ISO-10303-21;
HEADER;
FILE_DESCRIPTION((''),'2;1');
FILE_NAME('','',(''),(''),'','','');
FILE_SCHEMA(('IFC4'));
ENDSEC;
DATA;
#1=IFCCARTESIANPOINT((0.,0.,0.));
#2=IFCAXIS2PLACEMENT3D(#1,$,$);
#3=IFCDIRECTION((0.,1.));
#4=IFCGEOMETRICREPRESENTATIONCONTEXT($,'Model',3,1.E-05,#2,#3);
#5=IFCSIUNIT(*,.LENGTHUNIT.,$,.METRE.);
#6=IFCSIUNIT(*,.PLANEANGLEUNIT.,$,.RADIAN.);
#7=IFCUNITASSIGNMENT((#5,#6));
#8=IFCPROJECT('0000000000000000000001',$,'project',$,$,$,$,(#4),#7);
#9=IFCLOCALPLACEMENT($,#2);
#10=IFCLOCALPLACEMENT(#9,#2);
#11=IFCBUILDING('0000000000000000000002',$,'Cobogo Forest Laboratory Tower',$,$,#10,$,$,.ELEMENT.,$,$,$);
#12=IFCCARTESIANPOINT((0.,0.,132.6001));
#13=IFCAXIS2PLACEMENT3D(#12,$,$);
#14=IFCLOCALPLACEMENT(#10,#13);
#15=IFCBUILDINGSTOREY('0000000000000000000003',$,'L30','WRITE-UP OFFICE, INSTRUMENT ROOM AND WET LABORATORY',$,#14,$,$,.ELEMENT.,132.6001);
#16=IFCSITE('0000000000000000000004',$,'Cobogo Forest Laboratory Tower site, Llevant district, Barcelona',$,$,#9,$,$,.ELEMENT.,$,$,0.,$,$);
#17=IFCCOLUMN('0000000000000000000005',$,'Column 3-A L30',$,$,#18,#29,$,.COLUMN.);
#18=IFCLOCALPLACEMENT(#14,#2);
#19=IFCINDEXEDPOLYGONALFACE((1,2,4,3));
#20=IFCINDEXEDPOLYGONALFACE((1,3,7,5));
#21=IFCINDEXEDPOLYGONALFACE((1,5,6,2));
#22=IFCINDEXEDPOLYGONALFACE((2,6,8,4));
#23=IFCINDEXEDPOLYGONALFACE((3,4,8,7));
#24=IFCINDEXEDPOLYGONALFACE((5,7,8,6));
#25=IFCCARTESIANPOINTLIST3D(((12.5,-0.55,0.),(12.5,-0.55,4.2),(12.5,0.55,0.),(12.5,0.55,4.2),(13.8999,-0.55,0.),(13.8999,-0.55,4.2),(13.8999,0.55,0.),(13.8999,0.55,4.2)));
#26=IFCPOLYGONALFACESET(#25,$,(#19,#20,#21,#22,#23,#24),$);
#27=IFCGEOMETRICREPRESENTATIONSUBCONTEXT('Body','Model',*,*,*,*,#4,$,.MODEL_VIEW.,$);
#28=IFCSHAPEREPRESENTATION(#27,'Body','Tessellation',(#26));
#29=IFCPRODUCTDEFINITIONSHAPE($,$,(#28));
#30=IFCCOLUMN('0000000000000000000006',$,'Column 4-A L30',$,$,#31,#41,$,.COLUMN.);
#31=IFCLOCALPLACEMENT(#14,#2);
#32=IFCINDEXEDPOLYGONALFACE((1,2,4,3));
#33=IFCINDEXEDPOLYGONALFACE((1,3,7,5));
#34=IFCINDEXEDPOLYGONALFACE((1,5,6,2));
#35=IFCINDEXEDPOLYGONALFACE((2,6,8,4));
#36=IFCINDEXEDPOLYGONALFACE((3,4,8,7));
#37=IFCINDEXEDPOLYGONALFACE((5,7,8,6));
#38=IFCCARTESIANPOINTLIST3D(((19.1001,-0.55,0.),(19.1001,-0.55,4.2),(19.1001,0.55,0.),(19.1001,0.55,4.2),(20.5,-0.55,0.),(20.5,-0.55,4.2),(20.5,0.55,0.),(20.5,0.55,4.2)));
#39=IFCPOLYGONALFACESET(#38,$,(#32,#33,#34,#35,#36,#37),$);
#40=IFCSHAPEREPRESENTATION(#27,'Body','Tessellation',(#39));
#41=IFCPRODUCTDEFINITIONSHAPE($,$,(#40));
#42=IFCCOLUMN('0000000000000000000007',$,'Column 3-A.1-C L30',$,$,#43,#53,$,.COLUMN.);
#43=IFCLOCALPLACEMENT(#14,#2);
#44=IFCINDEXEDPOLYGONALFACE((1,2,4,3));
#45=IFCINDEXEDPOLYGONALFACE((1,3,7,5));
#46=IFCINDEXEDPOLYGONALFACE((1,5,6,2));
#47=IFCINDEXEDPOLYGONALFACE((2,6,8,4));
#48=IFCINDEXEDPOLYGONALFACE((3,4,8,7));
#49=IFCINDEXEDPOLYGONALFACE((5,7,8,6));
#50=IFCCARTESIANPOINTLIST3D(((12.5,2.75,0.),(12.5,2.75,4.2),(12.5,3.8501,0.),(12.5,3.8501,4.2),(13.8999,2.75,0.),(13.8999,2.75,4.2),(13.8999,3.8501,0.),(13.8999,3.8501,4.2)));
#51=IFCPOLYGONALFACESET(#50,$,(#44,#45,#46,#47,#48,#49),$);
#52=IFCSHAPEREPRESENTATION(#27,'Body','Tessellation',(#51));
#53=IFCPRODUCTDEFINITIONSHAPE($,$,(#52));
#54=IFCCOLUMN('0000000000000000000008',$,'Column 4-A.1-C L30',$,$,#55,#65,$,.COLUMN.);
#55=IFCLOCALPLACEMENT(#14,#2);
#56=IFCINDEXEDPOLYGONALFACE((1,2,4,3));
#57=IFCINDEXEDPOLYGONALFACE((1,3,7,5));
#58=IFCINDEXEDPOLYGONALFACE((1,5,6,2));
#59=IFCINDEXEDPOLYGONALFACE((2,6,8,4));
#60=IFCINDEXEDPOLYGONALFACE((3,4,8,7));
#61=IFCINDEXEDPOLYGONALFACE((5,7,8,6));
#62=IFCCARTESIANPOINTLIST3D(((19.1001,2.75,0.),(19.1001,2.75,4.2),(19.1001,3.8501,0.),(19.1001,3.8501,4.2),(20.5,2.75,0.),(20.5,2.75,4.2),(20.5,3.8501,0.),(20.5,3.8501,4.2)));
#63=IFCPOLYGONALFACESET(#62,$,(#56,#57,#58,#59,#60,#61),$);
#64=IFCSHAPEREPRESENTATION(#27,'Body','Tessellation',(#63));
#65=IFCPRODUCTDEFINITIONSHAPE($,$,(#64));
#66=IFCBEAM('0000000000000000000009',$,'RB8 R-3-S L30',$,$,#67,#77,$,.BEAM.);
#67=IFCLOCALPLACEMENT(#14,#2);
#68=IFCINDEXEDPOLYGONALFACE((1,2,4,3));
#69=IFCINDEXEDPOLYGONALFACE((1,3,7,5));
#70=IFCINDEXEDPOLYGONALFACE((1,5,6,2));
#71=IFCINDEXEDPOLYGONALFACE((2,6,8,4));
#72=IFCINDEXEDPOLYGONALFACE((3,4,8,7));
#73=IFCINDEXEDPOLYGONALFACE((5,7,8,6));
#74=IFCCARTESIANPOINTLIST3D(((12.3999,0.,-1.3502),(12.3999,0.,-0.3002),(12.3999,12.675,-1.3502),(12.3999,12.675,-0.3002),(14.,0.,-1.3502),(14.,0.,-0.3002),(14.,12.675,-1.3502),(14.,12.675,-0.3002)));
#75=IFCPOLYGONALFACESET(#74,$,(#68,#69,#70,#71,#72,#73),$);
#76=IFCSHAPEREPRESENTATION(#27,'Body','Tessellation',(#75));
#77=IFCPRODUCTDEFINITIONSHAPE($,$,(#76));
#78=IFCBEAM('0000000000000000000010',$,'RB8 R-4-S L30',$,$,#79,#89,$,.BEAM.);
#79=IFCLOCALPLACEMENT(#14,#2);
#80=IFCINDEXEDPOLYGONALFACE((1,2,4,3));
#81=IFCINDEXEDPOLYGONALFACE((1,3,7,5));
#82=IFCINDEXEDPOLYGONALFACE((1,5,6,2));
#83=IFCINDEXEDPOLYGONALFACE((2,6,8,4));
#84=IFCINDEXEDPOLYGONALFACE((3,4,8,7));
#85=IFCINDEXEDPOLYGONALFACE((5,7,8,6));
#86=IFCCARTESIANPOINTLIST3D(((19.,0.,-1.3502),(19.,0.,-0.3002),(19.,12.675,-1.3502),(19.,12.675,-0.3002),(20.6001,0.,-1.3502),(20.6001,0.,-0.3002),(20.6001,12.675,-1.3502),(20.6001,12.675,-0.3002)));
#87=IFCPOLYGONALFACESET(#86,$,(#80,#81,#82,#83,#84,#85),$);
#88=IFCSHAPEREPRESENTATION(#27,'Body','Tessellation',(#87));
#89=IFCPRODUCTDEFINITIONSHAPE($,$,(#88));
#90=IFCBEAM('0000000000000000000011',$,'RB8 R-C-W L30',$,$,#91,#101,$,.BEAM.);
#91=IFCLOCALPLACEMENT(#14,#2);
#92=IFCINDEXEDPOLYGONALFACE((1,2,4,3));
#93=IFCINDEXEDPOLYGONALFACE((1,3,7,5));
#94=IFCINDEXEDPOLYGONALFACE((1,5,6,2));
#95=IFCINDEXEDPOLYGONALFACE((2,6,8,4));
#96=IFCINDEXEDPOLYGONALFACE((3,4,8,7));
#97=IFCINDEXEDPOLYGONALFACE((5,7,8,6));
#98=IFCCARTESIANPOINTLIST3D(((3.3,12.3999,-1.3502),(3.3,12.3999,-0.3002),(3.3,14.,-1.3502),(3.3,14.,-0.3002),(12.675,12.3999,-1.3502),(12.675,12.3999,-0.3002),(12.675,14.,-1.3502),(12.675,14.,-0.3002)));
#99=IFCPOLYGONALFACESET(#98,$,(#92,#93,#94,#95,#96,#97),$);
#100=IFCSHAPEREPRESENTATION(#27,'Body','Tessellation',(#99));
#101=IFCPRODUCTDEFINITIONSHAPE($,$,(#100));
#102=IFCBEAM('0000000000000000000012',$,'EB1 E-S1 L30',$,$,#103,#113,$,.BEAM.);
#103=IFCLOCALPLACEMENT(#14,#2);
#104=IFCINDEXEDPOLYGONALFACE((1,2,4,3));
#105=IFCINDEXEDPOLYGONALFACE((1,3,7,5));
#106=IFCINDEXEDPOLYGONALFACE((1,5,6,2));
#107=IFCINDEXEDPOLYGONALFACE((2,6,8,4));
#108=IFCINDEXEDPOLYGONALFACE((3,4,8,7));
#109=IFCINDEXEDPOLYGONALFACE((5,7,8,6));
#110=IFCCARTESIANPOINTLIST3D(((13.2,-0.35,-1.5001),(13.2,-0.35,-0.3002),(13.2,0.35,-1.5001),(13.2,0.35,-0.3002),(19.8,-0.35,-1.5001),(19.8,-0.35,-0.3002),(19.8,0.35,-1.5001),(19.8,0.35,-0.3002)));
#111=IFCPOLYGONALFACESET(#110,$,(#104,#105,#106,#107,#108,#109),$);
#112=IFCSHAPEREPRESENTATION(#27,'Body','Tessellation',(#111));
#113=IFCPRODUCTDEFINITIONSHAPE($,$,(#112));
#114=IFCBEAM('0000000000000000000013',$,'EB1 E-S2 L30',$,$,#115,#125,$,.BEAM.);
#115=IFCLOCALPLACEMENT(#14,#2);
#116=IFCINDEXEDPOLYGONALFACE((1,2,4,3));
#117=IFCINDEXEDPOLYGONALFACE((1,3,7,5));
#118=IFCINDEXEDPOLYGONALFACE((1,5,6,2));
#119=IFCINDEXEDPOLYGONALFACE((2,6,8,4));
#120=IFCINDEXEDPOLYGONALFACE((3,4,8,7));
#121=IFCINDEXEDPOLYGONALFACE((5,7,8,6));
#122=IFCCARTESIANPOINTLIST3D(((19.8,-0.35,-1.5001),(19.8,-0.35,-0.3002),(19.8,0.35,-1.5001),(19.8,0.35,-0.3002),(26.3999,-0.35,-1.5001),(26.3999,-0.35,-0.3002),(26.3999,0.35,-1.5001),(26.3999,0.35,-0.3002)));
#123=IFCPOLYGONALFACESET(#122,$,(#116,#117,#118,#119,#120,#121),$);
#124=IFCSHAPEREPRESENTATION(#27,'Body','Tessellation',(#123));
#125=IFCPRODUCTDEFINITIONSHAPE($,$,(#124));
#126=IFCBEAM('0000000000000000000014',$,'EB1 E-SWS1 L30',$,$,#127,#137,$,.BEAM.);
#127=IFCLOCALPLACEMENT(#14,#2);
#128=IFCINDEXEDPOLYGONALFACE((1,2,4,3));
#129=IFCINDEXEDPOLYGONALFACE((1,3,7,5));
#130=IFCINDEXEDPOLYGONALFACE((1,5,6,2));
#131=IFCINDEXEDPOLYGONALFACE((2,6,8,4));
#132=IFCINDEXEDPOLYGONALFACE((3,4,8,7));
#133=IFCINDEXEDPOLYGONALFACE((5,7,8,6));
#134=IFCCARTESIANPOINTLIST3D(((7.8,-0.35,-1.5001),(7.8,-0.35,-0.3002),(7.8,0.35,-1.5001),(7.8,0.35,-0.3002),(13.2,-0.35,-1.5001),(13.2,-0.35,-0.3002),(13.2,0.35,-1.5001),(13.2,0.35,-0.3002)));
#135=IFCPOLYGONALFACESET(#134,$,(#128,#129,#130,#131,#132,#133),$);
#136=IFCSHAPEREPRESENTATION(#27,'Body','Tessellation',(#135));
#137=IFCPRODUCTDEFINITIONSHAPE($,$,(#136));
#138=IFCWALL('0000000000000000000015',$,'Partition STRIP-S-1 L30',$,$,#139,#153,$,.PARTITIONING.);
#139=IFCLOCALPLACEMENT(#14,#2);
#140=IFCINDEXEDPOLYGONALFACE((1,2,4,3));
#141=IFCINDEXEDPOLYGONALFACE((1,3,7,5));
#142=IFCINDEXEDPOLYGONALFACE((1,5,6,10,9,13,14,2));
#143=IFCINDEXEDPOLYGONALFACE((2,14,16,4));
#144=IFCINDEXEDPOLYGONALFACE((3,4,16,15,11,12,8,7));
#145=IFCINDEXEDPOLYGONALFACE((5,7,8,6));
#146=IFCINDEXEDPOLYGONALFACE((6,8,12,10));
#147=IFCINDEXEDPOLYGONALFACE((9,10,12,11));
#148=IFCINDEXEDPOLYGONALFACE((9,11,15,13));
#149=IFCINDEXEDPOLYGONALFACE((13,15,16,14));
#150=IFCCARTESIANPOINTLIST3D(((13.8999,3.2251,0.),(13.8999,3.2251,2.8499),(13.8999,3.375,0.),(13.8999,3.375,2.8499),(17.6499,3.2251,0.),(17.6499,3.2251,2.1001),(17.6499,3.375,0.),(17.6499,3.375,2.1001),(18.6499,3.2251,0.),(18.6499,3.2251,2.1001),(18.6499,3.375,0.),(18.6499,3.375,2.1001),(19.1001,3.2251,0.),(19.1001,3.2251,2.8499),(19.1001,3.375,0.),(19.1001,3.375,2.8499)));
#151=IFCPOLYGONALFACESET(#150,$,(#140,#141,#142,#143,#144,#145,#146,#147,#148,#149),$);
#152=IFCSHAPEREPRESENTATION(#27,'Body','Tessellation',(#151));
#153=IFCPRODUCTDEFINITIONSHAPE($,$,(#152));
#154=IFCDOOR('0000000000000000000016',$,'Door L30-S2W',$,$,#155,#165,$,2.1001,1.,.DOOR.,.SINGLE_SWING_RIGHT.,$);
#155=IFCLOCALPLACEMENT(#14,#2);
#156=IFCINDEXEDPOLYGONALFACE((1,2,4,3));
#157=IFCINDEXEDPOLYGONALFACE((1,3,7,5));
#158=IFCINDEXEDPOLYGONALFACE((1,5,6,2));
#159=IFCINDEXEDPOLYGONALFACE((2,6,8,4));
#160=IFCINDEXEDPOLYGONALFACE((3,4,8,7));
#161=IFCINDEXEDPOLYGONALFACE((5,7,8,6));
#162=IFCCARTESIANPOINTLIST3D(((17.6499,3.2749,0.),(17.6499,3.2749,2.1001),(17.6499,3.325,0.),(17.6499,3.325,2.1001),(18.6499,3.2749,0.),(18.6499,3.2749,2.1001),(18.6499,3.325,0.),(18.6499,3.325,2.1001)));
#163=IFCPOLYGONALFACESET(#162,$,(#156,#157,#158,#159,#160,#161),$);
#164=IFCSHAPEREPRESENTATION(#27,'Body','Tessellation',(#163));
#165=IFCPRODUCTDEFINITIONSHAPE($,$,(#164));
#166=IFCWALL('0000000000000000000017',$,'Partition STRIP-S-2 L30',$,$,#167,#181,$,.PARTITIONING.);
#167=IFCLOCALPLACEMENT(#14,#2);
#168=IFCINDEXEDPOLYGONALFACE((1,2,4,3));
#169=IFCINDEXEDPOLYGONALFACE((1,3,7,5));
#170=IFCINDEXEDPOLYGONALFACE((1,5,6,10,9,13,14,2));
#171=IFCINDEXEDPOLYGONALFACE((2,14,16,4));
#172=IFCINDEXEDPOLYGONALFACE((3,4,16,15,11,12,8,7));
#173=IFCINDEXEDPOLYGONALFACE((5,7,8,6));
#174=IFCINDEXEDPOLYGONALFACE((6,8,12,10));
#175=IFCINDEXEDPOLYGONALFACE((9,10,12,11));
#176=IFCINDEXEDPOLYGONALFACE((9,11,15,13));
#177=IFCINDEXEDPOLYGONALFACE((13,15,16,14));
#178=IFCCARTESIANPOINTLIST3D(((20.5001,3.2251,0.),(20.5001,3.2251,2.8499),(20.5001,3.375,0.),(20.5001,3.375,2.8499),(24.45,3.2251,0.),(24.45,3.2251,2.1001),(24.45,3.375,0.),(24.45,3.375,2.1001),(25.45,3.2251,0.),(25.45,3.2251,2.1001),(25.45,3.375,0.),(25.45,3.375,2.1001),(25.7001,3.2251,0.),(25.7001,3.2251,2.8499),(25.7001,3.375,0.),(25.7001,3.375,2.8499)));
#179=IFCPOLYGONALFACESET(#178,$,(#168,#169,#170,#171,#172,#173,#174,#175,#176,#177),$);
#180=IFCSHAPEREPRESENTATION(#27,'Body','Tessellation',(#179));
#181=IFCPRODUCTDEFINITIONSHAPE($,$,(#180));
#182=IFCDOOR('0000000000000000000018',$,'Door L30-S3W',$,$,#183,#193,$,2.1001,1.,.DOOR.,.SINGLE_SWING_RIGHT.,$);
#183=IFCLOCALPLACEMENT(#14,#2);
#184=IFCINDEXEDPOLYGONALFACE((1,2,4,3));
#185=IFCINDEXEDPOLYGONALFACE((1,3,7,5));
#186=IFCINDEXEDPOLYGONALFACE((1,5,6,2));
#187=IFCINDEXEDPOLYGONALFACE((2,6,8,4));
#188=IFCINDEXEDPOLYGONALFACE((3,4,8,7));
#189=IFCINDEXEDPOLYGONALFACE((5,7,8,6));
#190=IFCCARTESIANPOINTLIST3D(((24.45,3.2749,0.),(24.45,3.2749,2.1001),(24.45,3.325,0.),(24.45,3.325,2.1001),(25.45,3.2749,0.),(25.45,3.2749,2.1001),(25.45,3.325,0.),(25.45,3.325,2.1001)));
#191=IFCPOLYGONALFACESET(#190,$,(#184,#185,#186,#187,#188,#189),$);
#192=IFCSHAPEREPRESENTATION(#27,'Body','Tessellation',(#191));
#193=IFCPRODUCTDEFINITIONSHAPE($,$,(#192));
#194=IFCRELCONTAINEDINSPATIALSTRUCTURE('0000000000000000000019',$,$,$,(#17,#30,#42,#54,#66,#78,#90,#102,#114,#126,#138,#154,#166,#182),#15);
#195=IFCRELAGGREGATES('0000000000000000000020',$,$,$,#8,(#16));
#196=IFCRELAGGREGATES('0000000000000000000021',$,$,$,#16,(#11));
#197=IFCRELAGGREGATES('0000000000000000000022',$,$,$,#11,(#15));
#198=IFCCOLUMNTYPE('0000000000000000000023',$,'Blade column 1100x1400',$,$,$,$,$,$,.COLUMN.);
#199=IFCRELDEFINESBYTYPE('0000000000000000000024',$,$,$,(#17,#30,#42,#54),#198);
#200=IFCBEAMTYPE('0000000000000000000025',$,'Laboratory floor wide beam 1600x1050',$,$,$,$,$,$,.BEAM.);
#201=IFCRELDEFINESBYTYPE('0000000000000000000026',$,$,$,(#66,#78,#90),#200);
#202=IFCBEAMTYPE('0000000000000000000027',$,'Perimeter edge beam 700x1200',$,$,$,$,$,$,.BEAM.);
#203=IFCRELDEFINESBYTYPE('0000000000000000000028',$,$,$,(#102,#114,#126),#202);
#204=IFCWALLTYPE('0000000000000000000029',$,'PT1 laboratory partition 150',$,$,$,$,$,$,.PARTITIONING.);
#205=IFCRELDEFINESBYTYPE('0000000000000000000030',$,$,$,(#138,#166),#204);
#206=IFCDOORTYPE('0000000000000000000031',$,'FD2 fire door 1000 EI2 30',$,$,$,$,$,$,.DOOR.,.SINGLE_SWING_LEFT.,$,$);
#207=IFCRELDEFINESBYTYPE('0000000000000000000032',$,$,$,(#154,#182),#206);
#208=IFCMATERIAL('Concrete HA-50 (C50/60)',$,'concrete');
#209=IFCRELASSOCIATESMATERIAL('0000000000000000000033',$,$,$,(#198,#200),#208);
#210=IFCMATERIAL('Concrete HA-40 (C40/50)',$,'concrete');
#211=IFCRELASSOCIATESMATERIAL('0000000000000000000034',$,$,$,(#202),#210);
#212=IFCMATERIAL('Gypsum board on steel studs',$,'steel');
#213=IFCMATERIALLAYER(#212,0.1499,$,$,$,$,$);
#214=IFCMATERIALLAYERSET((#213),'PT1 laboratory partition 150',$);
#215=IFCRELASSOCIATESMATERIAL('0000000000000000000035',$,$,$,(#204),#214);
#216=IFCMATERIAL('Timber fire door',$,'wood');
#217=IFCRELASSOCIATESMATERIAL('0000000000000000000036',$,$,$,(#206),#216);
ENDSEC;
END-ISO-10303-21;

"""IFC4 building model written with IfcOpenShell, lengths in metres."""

from ifc_helpers import new_model, si_unit, direction, frame, frame_2d, origin, origin_2d, place, context, subcontext, project, spatial, rectangle, extrude, material, layer, layer_set, material_profile, profile_set, type_object, element, fill, save


model = new_model("IFC4")

# Units and contexts
model_context = context("Model", 3, precision=1e-05, world=origin(), true_north=direction((0.0, 1.0)))
body_context = subcontext(model_context, "Body", "Model", "MODEL_VIEW")
ifc_project = project(units=[si_unit("LENGTHUNIT", "METRE"), si_unit("PLANEANGLEUNIT", "RADIAN")], contexts=[model_context])

# Site, building, storey
site_placement = place(None, origin())
site = spatial("IfcSite", under=ifc_project, at=site_placement, Name="Cobogo Forest Laboratory Tower site, Llevant district, Barcelona", CompositionType="ELEMENT", RefElevation=0.0)
building_placement = place(site_placement, origin())
building = spatial("IfcBuilding", under=site, at=building_placement, Name="Cobogo Forest Laboratory Tower", CompositionType="ELEMENT")
storey_placement = place(building_placement, frame((0.0, 0.0, 132.6001)))
storey = spatial("IfcBuildingStorey", under=building, at=storey_placement, Name="L30", Description="WRITE-UP OFFICE, INSTRUMENT ROOM AND WET LABORATORY", CompositionType="ELEMENT", Elevation=132.6001)

# Columns
ifc_material_1 = material(Name="Concrete HA-50 (C50/60)", Category="concrete")
ifc_material_profile_1 = material_profile(ifc_material_1, rectangle(XDim=1.3999, YDim=1.1001, at=origin_2d()), Name="RC 1100x1400")
ifc_profile_set_1 = profile_set([ifc_material_profile_1], Name="Concrete HA-50 (C50/60)")
column_type = type_object("IfcColumnType", Name="Blade column 1100x1400", PredefinedType="COLUMN", material=ifc_profile_set_1)
for number, where, z_axis, x_axis, name in (
    (1, (13.2, 0.0, 0.0), (0.0, 0.0, 1.0), (1.0, 0.0, 0.0), "Column 3-A L30"),
    (2, (19.8, 0.0, 0.0), (0.0, 0.0, 1.0), (1.0, 0.0, 0.0), "Column 4-A L30"),
    (3, (13.2, 3.3, 0.0), (0.0, 0.0, 1.0), (1.0, 0.0, 0.0), "Column 3-A.1-C L30"),
    (4, (19.8, 3.3, 0.0), (0.0, 0.0, 1.0), (1.0, 0.0, 0.0), "Column 4-A.1-C L30"),
):
    element("IfcColumn", number, at=place(storey_placement, frame(where, z_axis=z_axis, x_axis=x_axis)), inside=storey, type_object=column_type, Name=name, PredefinedType="COLUMN", context=body_context, shape_type="SweptSolid", body=[
        extrude(rectangle(XDim=1.3999, YDim=1.1001, at=origin_2d()), origin(), (0.0, 0.0, 1.0), 4.2),
    ])

# Beams
ifc_material_profile_2 = material_profile(ifc_material_1, rectangle(XDim=1.6001, YDim=1.05, at=origin_2d()), Name="RC 1600x1050")
ifc_profile_set_2 = profile_set([ifc_material_profile_2], Name="Concrete HA-50 (C50/60)")
beam_type_1 = type_object("IfcBeamType", Name="Laboratory floor wide beam 1600x1050", PredefinedType="BEAM", material=ifc_profile_set_2)
for number, where, z_axis, x_axis, name in (
    (5, (13.2, 12.675, -0.8252), (0.0, -1.0, 0.0), (1.0, 0.0, 0.0), "RB8 R-3-S L30"),
    (6, (19.8, 12.675, -0.8252), (0.0, -1.0, 0.0), (1.0, 0.0, 0.0), "RB8 R-4-S L30"),
):
    element("IfcBeam", number, at=place(storey_placement, frame(where, z_axis=z_axis, x_axis=x_axis)), inside=storey, type_object=beam_type_1, Name=name, PredefinedType="BEAM", context=body_context, shape_type="SweptSolid", body=[
        extrude(rectangle(XDim=1.6001, YDim=1.05, at=origin_2d()), origin(), (0.0, 0.0, 1.0), 12.675),
    ])
beam_1_placement = place(storey_placement, frame((12.675, 13.2, -0.8252), z_axis=(-1.0, 0.0, 0.0), x_axis=(0.0, -1.0, 0.0)))
element("IfcBeam", 7, at=beam_1_placement, inside=storey, type_object=beam_type_1, Name="RB8 R-C-W L30", PredefinedType="BEAM", context=body_context, shape_type="SweptSolid", body=[
    extrude(rectangle(XDim=1.6001, YDim=1.05, at=origin_2d()), origin(), (0.0, 0.0, 1.0), 9.375),
])
ifc_material_2 = material(Name="Concrete HA-40 (C40/50)", Category="concrete")
ifc_material_profile_3 = material_profile(ifc_material_2, rectangle(XDim=0.7, YDim=1.2, at=origin_2d()), Name="RC 700x1200")
ifc_profile_set_3 = profile_set([ifc_material_profile_3], Name="Concrete HA-40 (C40/50)")
beam_type_2 = type_object("IfcBeamType", Name="Perimeter edge beam 700x1200", PredefinedType="BEAM", material=ifc_profile_set_3)
beam_2_placement = place(storey_placement, frame((13.2, 0.0, -0.9001), z_axis=(1.0, 0.0, 0.0), x_axis=(0.0, 1.0, 0.0)))
element("IfcBeam", 8, at=beam_2_placement, inside=storey, type_object=beam_type_2, Name="EB1 E-S1 L30", PredefinedType="BEAM", context=body_context, shape_type="SweptSolid", body=[
    extrude(rectangle(XDim=0.7, YDim=1.2, at=origin_2d()), origin(), (0.0, 0.0, 1.0), 6.6001),
])
beam_3_placement = place(storey_placement, frame((19.8, 0.0, -0.9001), z_axis=(1.0, 0.0, 0.0), x_axis=(0.0, 1.0, 0.0)))
element("IfcBeam", 9, at=beam_3_placement, inside=storey, type_object=beam_type_2, Name="EB1 E-S2 L30", PredefinedType="BEAM", context=body_context, shape_type="SweptSolid", body=[
    extrude(rectangle(XDim=0.7, YDim=1.2, at=origin_2d()), origin(), (0.0, 0.0, 1.0), 6.5999),
])
beam_4_placement = place(storey_placement, frame((13.2, 0.0, -0.9001), z_axis=(-1.0, 0.0, 0.0), x_axis=(0.0, -1.0, 0.0)))
element("IfcBeam", 10, at=beam_4_placement, inside=storey, type_object=beam_type_2, Name="EB1 E-SWS1 L30", PredefinedType="BEAM", context=body_context, shape_type="SweptSolid", body=[
    extrude(rectangle(XDim=0.7, YDim=1.2, at=origin_2d()), origin(), (0.0, 0.0, 1.0), 5.3999),
])

# Walls, openings, doors
ifc_material_3 = material(Name="Gypsum board on steel studs", Category="steel")
ifc_layer_1 = layer(ifc_material_3, 0.1499)
ifc_layer_set_1 = layer_set([ifc_layer_1], Name="PT1 laboratory partition 150")
wall_type_1 = type_object("IfcWallType", Name="PT1 laboratory partition 150", PredefinedType="PARTITIONING", material=ifc_layer_set_1)
wall_1_placement = place(storey_placement, frame((13.8999, 3.3, 0.0), z_axis=(0.0, 0.0, 1.0), x_axis=(1.0, 0.0, 0.0)))
wall_1 = element("IfcWall", 11, at=wall_1_placement, inside=storey, type_object=wall_type_1, Name="Partition STRIP-S-1 L30", PredefinedType="PARTITIONING", context=body_context, shape_type="SweptSolid", body=[
    extrude(rectangle(XDim=5.2002, YDim=0.1499, at=frame_2d((2.6001, 0.0))), origin(), (0.0, 0.0, 1.0), 2.8499),
])
opening_1_placement = place(wall_1_placement, frame((3.75, 0.0, 0.0)))
opening_1 = element("IfcOpeningElement", 12, at=opening_1_placement, cuts=wall_1, PredefinedType="OPENING", context=body_context, shape_type="SweptSolid", body=[
    extrude(rectangle(XDim=1.0, YDim=2.1001, at=frame_2d((0.5, 1.05))), frame((0.0, 0.085, 0.0), z_axis=(0.0, -1.0, 0.0), x_axis=(1.0, 0.0, 0.0)), (0.0, 0.0, 1.0), 0.1699),
])
ifc_material_4 = material(Name="Timber fire door", Category="wood")
door_type_1 = type_object("IfcDoorType", Name="FD2 fire door 1000 EI2 30", OperationType="SINGLE_SWING_LEFT", PredefinedType="DOOR", material=ifc_material_4)
door_1_placement = place(opening_1_placement, origin())
door_1 = element("IfcDoor", 13, at=door_1_placement, inside=storey, type_object=door_type_1, Name="Door L30-S2W", OperationType="SINGLE_SWING_RIGHT", OverallHeight=2.1001, OverallWidth=1.0, PredefinedType="DOOR", context=body_context, shape_type="SweptSolid", body=[
    extrude(rectangle(XDim=1.0, YDim=2.1001, at=frame_2d((0.5, 1.05))), frame((0.0, 0.0249, 0.0), z_axis=(0.0, -1.0, 0.0), x_axis=(1.0, 0.0, 0.0)), (0.0, 0.0, 1.0), 0.05),
])
fill(opening_1, door_1)
wall_2_placement = place(storey_placement, frame((20.5, 3.3, 0.0), z_axis=(0.0, 0.0, 1.0), x_axis=(1.0, 0.0, 0.0)))
wall_2 = element("IfcWall", 14, at=wall_2_placement, inside=storey, type_object=wall_type_1, Name="Partition STRIP-S-2 L30", PredefinedType="PARTITIONING", context=body_context, shape_type="SweptSolid", body=[
    extrude(rectangle(XDim=5.2, YDim=0.1499, at=frame_2d((2.6001, 0.0))), origin(), (0.0, 0.0, 1.0), 2.8499),
])
opening_2_placement = place(wall_2_placement, frame((3.95, 0.0, 0.0)))
opening_2 = element("IfcOpeningElement", 15, at=opening_2_placement, cuts=wall_2, PredefinedType="OPENING", context=body_context, shape_type="SweptSolid", body=[
    extrude(rectangle(XDim=1.0, YDim=2.1001, at=frame_2d((0.5, 1.05))), frame((0.0, 0.085, 0.0), z_axis=(0.0, -1.0, 0.0), x_axis=(1.0, 0.0, 0.0)), (0.0, 0.0, 1.0), 0.1699),
])
door_2_placement = place(opening_2_placement, origin())
door_2 = element("IfcDoor", 16, at=door_2_placement, inside=storey, type_object=door_type_1, Name="Door L30-S3W", OperationType="SINGLE_SWING_RIGHT", OverallHeight=2.1001, OverallWidth=1.0, PredefinedType="DOOR", context=body_context, shape_type="SweptSolid", body=[
    extrude(rectangle(XDim=1.0, YDim=2.1001, at=frame_2d((0.5, 1.05))), frame((0.0, 0.0249, 0.0), z_axis=(0.0, -1.0, 0.0), x_axis=(1.0, 0.0, 0.0)), (0.0, 0.0, 1.0), 0.05),
])
fill(opening_2, door_2)

save(model, "model.ifc")
